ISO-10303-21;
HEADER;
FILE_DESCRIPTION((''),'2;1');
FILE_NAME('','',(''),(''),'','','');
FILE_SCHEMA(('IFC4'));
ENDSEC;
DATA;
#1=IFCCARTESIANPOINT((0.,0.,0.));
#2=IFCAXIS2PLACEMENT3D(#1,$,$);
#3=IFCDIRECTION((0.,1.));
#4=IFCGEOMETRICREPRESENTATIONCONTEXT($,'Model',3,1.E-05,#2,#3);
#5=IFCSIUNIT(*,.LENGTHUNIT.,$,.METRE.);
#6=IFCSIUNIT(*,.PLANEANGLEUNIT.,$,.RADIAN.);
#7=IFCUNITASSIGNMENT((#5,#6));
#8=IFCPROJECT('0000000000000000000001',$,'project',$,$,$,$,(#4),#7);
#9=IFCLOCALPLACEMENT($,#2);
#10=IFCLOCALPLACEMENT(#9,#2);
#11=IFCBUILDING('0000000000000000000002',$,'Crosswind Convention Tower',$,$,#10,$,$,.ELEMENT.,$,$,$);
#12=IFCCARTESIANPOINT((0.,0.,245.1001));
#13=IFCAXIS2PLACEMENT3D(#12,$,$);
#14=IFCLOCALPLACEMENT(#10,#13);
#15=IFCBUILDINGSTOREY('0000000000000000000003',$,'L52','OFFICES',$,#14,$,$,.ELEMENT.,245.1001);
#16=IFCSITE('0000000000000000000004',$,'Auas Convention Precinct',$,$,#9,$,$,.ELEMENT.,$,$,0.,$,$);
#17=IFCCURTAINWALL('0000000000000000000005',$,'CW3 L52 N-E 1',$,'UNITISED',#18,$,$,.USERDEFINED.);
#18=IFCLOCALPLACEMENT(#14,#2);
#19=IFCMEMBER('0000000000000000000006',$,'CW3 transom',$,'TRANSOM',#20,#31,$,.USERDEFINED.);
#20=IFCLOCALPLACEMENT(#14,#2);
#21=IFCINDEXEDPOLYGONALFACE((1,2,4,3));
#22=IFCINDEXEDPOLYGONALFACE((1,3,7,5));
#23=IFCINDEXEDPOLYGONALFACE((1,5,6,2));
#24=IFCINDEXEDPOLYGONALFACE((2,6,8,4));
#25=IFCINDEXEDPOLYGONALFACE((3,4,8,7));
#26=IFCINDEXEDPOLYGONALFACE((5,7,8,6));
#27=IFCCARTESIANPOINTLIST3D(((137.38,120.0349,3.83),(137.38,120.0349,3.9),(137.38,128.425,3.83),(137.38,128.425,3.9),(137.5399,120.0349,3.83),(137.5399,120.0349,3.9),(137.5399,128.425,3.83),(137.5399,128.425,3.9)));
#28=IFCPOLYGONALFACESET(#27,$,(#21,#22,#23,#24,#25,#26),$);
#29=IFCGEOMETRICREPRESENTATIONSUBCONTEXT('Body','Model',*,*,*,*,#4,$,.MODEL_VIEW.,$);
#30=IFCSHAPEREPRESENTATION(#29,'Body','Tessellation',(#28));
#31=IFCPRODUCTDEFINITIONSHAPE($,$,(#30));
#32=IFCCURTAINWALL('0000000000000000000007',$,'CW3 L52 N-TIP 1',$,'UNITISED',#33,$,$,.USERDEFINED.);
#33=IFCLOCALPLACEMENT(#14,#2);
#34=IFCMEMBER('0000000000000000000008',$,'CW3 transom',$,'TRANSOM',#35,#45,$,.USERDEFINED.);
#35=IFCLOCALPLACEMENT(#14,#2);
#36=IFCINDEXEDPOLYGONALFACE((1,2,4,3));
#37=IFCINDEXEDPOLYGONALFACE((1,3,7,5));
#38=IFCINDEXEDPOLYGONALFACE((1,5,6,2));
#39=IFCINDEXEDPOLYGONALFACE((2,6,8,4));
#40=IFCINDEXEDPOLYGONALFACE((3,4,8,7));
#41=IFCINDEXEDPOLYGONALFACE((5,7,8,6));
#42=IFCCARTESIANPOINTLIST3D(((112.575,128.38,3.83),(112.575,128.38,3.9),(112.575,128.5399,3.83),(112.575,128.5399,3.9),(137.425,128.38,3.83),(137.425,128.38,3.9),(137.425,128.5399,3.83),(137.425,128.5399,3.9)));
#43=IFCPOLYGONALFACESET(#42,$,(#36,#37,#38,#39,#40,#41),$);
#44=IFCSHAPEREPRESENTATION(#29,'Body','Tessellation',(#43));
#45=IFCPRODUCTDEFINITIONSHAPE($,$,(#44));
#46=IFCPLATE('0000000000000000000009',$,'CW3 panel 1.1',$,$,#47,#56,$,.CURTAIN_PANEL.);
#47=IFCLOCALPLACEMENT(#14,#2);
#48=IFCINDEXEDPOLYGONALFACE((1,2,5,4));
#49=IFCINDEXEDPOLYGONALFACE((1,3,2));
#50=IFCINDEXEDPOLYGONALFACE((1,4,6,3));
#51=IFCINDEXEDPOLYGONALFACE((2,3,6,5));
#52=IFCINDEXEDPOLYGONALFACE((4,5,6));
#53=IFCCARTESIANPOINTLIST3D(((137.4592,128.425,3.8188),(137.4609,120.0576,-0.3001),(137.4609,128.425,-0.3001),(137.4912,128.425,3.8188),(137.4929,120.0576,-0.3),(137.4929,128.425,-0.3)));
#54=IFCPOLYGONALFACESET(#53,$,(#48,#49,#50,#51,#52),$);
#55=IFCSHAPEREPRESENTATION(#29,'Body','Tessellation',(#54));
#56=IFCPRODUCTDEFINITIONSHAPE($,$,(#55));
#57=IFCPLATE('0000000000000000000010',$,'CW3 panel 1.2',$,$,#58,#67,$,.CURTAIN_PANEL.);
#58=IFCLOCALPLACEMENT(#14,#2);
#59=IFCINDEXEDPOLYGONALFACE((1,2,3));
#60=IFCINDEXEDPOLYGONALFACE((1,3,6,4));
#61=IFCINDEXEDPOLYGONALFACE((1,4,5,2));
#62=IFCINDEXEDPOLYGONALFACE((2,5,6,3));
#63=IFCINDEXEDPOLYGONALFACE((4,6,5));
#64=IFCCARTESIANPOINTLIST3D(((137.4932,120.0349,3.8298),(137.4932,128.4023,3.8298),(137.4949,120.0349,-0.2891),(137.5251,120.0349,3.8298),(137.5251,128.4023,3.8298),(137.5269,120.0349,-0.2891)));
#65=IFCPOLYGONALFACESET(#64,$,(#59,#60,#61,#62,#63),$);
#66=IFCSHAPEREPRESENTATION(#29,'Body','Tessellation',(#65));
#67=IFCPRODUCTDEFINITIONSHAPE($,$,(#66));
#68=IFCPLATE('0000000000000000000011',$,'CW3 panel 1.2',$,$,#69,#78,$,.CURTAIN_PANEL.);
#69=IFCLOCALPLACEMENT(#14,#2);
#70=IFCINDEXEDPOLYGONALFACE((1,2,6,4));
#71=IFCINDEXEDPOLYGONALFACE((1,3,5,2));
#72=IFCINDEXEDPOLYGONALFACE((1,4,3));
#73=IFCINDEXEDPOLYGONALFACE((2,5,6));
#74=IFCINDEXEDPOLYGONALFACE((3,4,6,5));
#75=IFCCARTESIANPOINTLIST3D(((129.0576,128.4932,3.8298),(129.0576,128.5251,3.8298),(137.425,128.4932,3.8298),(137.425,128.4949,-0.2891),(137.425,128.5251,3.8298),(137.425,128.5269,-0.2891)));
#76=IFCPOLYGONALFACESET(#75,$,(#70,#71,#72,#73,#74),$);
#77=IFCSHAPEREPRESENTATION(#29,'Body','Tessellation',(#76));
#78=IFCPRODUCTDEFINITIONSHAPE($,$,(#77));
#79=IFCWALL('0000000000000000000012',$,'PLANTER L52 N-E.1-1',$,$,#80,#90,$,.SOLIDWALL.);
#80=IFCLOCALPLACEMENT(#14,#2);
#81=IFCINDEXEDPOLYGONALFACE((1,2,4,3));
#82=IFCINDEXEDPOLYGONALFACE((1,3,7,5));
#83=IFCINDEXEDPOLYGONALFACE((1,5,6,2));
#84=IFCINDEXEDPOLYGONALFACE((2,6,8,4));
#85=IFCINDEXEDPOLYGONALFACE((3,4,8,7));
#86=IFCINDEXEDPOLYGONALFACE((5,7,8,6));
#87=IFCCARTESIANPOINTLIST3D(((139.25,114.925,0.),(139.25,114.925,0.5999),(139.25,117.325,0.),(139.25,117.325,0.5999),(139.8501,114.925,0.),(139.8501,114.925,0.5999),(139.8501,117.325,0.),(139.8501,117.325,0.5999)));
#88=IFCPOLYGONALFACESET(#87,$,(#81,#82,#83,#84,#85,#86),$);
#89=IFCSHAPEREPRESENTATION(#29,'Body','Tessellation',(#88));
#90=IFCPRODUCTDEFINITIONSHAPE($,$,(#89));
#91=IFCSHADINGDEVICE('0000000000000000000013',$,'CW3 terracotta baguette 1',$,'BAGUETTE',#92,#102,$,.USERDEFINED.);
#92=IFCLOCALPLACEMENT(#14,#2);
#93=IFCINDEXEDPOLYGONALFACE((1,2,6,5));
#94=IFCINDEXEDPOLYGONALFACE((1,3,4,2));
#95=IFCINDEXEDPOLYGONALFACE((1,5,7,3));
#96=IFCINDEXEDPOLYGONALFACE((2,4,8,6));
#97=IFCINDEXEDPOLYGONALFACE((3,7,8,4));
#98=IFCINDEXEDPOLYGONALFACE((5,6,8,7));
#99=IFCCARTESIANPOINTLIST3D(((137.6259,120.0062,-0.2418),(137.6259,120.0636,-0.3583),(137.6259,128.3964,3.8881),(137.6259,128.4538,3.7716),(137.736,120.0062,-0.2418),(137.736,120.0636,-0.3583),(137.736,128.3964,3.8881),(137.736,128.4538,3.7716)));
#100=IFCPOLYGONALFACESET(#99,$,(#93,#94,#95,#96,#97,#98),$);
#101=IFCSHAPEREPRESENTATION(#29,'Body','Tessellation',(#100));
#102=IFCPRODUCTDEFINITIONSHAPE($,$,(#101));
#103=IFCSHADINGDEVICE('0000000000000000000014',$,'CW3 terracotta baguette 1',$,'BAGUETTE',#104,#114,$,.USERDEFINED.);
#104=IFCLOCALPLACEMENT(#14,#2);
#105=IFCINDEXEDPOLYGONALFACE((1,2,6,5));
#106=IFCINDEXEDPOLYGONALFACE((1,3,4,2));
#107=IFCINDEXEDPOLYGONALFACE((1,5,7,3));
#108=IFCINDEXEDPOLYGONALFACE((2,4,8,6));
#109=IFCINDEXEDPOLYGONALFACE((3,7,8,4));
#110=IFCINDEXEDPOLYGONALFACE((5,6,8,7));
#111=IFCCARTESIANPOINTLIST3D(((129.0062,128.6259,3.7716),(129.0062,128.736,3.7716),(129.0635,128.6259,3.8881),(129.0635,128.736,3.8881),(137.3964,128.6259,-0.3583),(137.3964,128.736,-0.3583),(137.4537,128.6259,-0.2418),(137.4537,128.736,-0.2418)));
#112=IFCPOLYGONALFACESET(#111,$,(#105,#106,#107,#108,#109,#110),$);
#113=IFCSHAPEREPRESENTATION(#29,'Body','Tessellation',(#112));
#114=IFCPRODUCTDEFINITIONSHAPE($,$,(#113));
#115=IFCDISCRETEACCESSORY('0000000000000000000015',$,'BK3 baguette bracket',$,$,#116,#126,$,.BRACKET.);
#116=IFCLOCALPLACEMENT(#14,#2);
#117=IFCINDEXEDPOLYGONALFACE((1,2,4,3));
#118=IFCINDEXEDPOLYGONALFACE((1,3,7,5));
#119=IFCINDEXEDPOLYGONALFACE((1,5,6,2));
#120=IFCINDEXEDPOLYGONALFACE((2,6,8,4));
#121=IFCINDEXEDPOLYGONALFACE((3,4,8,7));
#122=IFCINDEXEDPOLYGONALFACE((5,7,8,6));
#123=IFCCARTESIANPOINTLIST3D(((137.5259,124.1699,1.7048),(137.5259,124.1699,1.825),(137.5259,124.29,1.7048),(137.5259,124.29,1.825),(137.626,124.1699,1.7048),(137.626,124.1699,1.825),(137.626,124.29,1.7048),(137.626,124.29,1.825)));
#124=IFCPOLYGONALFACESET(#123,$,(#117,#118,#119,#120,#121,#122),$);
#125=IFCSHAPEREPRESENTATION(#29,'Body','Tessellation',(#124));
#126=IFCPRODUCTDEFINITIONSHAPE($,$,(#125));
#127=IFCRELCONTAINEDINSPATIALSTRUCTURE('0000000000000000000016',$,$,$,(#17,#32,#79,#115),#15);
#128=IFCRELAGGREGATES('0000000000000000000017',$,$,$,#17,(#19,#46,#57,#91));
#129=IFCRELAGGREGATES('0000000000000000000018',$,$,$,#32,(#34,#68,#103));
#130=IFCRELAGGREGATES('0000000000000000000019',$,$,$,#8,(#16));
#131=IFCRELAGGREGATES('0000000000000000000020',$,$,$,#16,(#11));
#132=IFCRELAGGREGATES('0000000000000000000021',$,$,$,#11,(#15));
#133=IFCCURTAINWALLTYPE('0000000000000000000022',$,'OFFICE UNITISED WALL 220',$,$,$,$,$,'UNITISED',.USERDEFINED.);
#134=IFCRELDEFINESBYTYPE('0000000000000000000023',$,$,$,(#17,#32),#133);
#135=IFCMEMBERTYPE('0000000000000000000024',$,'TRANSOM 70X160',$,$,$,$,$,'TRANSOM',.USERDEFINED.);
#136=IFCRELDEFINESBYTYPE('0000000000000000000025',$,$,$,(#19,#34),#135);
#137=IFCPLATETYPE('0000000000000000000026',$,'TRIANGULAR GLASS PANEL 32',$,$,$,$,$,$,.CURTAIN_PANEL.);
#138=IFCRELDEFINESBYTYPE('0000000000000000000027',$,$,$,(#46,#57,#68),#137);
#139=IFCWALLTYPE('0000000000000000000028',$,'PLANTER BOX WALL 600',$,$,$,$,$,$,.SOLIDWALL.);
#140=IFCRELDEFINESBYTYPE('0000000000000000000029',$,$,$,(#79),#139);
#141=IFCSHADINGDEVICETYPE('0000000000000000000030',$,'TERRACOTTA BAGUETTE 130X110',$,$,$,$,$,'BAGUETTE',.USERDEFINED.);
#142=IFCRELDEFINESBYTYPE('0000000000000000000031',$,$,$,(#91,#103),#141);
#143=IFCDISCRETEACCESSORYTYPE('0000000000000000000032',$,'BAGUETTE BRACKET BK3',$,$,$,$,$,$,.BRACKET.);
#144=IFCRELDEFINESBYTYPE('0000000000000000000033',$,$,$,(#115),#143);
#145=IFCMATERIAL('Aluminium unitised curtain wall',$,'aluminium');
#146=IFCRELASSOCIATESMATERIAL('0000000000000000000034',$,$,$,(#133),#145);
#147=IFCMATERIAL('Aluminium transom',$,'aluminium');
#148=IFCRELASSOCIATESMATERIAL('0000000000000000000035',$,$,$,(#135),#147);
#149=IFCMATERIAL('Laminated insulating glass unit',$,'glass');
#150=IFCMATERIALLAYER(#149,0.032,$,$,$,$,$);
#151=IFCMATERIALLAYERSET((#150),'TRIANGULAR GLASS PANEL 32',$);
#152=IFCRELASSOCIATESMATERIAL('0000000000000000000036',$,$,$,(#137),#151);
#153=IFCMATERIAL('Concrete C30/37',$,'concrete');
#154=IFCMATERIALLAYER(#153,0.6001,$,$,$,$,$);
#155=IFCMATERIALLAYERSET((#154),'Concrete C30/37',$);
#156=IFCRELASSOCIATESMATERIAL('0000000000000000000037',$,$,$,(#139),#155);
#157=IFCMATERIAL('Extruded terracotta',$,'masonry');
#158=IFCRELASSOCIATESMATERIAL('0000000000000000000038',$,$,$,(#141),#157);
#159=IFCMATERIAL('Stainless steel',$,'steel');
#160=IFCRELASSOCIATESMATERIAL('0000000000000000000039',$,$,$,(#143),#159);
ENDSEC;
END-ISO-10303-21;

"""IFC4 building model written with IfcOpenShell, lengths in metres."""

from ifc_helpers import new_model, si_unit, direction, frame, frame_2d, origin, origin_2d, place, context, subcontext, project, spatial, polyline, rectangle, outline, extrude, material, layer, layer_set, material_profile, profile_set, type_object, element, aggregate, save


model = new_model("IFC4")

# Units and contexts
model_context = context("Model", 3, precision=1e-05, world=origin(), true_north=direction((0.0, 1.0)))
body_context = subcontext(model_context, "Body", "Model", "MODEL_VIEW")
ifc_project = project(units=[si_unit("LENGTHUNIT", "METRE"), si_unit("PLANEANGLEUNIT", "RADIAN")], contexts=[model_context])

# Site, building, storey
site_placement = place(None, origin())
site = spatial("IfcSite", under=ifc_project, at=site_placement, Name="Auas Convention Precinct", CompositionType="ELEMENT", RefElevation=0.0)
building_placement = place(site_placement, origin())
building = spatial("IfcBuilding", under=site, at=building_placement, Name="Crosswind Convention Tower", CompositionType="ELEMENT")
storey_placement = place(building_placement, frame((0.0, 0.0, 245.1001)))
storey = spatial("IfcBuildingStorey", under=building, at=storey_placement, Name="L52", Description="OFFICES", CompositionType="ELEMENT", Elevation=245.1001)

# Curtain wall, member
ifc_material_1 = material(Name="Aluminium unitised curtain wall", Category="aluminium")
curtain_wall_type = type_object("IfcCurtainWallType", Name="OFFICE UNITISED WALL 220", ElementType="UNITISED", PredefinedType="USERDEFINED", material=ifc_material_1)
curtain_wall_1_placement = place(storey_placement, origin())
curtain_wall_1 = element("IfcCurtainWall", 1, at=curtain_wall_1_placement, inside=storey, type_object=curtain_wall_type, Name="CW3 L52 N-E 1", ObjectType="UNITISED", PredefinedType="USERDEFINED")
ifc_material_2 = material(Name="Aluminium transom", Category="aluminium")
ifc_material_profile_1 = material_profile(ifc_material_2, rectangle(XDim=0.1599, YDim=0.0701, at=origin_2d()), Name="AL 160X70")
ifc_profile_set_1 = profile_set([ifc_material_profile_1], Name="Aluminium transom")
member_type_1 = type_object("IfcMemberType", Name="TRANSOM 70X160", ElementType="TRANSOM", PredefinedType="USERDEFINED", material=ifc_profile_set_1)
member_1_placement = place(storey_placement, frame((137.46, 120.0349, 3.865), z_axis=(0.0, 1.0, 0.0), x_axis=(-1.0, 0.0, 0.0)))
member_1 = element("IfcMember", 2, at=member_1_placement, type_object=member_type_1, Name="CW3 transom", ObjectType="TRANSOM", PredefinedType="USERDEFINED", context=body_context, shape_type="SweptSolid", body=[
    extrude(rectangle(XDim=0.1599, YDim=0.0701, at=origin_2d()), origin(), (0.0, 0.0, 1.0), 8.3901),
])

# Curtain wall, member
curtain_wall_2_placement = place(storey_placement, origin())
curtain_wall_2 = element("IfcCurtainWall", 3, at=curtain_wall_2_placement, inside=storey, type_object=curtain_wall_type, Name="CW3 L52 N-TIP 1", ObjectType="UNITISED", PredefinedType="USERDEFINED")
member_2_placement = place(storey_placement, frame((137.425, 128.46, 3.865), z_axis=(-1.0, 0.0, 0.0), x_axis=(0.0, -1.0, 0.0)))
member_2 = element("IfcMember", 4, at=member_2_placement, type_object=member_type_1, Name="CW3 transom", ObjectType="TRANSOM", PredefinedType="USERDEFINED", context=body_context, shape_type="SweptSolid", body=[
    extrude(rectangle(XDim=0.1599, YDim=0.0701, at=origin_2d()), origin(), (0.0, 0.0, 1.0), 24.8501),
])

# Plates
ifc_material_3 = material(Name="Laminated insulating glass unit", Category="glass")
ifc_layer_1 = layer(ifc_material_3, 0.032)
ifc_layer_set_1 = layer_set([ifc_layer_1], Name="TRIANGULAR GLASS PANEL 32")
plate_type = type_object("IfcPlateType", Name="TRIANGULAR GLASS PANEL 32", PredefinedType="CURTAIN_PANEL", material=ifc_layer_set_1)
plate_1_placement = place(storey_placement, frame((137.4929, 128.425, -0.3), z_axis=(1.0, 0.0, 0.000415), x_axis=(-0.000415, 0.0, 1.0)))
plate_1 = element("IfcPlate", 5, at=plate_1_placement, type_object=plate_type, Name="CW3 panel 1.1", PredefinedType="CURTAIN_PANEL", context=body_context, shape_type="SweptSolid", body=[
    extrude(outline(polyline([(0.0, 0.0), (4.1189, 0.0), (0.0, 8.3674), (0.0, 0.0)])), origin(), (0.0, 0.0, -1.0), 0.032),
])
plate_2_placement = place(storey_placement, frame((137.5251, 120.0349, 3.8298), z_axis=(1.0, 0.0, 0.000415), x_axis=(0.000415, 0.0, -1.0)))
plate_2 = element("IfcPlate", 6, at=plate_2_placement, type_object=plate_type, Name="CW3 panel 1.2", PredefinedType="CURTAIN_PANEL", context=body_context, shape_type="SweptSolid", body=[
    extrude(outline(polyline([(0.0, 0.0), (4.1189, 0.0), (0.0, 8.3674), (0.0, 0.0)])), origin(), (0.0, 0.0, -1.0), 0.032),
])
plate_3_placement = place(storey_placement, frame((137.425, 128.5251, 3.8298), z_axis=(0.0, 1.0, 0.000415), x_axis=(0.0, 0.000415, -1.0)))
plate_3 = element("IfcPlate", 7, at=plate_3_placement, type_object=plate_type, Name="CW3 panel 1.2", PredefinedType="CURTAIN_PANEL", context=body_context, shape_type="SweptSolid", body=[
    extrude(outline(polyline([(0.0, 0.0), (4.1189, 0.0), (0.0, 8.3674), (0.0, 0.0)])), origin(), (0.0, 0.0, -1.0), 0.032),
])

# Wall
ifc_material_4 = material(Name="Concrete C30/37", Category="concrete")
ifc_layer_2 = layer(ifc_material_4, 0.6001)
ifc_layer_set_2 = layer_set([ifc_layer_2], Name="Concrete C30/37")
wall_type_1 = type_object("IfcWallType", Name="PLANTER BOX WALL 600", PredefinedType="SOLIDWALL", material=ifc_layer_set_2)
wall_1_placement = place(storey_placement, frame((139.55, 114.925, 0.0), z_axis=(0.0, 0.0, 1.0), x_axis=(0.0, 1.0, 0.0)))
element("IfcWall", 8, at=wall_1_placement, inside=storey, type_object=wall_type_1, Name="PLANTER L52 N-E.1-1", PredefinedType="SOLIDWALL", context=body_context, shape_type="SweptSolid", body=[
    extrude(rectangle(XDim=2.3999, YDim=0.6001, at=frame_2d((1.2, 0.0))), origin(), (0.0, 0.0, 1.0), 0.5999),
])

# Shading devices
ifc_material_5 = material(Name="Extruded terracotta", Category="masonry")
ifc_material_profile_2 = material_profile(ifc_material_5, rectangle(XDim=0.1101, YDim=0.1299, at=origin_2d()), Name="TC 110X130")
ifc_profile_set_2 = profile_set([ifc_material_profile_2], Name="Extruded terracotta")
shading_device_type = type_object("IfcShadingDeviceType", Name="TERRACOTTA BAGUETTE 130X110", ElementType="BAGUETTE", PredefinedType="USERDEFINED", material=ifc_profile_set_2)
shading_device_1_placement = place(storey_placement, frame((137.6809, 120.0349, -0.3), z_axis=(0.0, 0.897198, 0.441628), x_axis=(-1.0, 0.0, 0.0)))
shading_device_1 = element("IfcShadingDevice", 9, at=shading_device_1_placement, type_object=shading_device_type, Name="CW3 terracotta baguette 1", ObjectType="BAGUETTE", PredefinedType="USERDEFINED", context=body_context, shape_type="SweptSolid", body=[
    extrude(rectangle(XDim=0.1101, YDim=0.1299, at=origin_2d()), origin(), (0.0, 0.0, 1.0), 9.3516),
])
aggregate(curtain_wall_1, [member_1, plate_1, plate_2, shading_device_1])
shading_device_2_placement = place(storey_placement, frame((137.425, 128.6809, -0.3), z_axis=(-0.897198, 0.0, 0.441628), x_axis=(0.0, -1.0, 0.0)))
shading_device_2 = element("IfcShadingDevice", 10, at=shading_device_2_placement, type_object=shading_device_type, Name="CW3 terracotta baguette 1", ObjectType="BAGUETTE", PredefinedType="USERDEFINED", context=body_context, shape_type="SweptSolid", body=[
    extrude(rectangle(XDim=0.1101, YDim=0.1299, at=origin_2d()), origin(), (0.0, 0.0, 1.0), 9.3516),
])
aggregate(curtain_wall_2, [member_2, plate_3, shading_device_2])

# Discrete accessory
ifc_material_6 = material(Name="Stainless steel", Category="steel")
discrete_accessory_type = type_object("IfcDiscreteAccessoryType", Name="BAGUETTE BRACKET BK3", PredefinedType="BRACKET", material=ifc_material_6)
discrete_accessory_placement = place(storey_placement, frame((137.5759, 124.23, 1.7048), z_axis=(0.0, 0.0, 1.0), x_axis=(0.0, 1.0, 0.0)))
element("IfcDiscreteAccessory", 11, at=discrete_accessory_placement, inside=storey, type_object=discrete_accessory_type, Name="BK3 baguette bracket", PredefinedType="BRACKET", context=body_context, shape_type="SweptSolid", body=[
    extrude(rectangle(XDim=0.1201, YDim=0.1001, at=origin_2d()), origin(), (0.0, 0.0, 1.0), 0.1201),
])

save(model, "model.ifc")
